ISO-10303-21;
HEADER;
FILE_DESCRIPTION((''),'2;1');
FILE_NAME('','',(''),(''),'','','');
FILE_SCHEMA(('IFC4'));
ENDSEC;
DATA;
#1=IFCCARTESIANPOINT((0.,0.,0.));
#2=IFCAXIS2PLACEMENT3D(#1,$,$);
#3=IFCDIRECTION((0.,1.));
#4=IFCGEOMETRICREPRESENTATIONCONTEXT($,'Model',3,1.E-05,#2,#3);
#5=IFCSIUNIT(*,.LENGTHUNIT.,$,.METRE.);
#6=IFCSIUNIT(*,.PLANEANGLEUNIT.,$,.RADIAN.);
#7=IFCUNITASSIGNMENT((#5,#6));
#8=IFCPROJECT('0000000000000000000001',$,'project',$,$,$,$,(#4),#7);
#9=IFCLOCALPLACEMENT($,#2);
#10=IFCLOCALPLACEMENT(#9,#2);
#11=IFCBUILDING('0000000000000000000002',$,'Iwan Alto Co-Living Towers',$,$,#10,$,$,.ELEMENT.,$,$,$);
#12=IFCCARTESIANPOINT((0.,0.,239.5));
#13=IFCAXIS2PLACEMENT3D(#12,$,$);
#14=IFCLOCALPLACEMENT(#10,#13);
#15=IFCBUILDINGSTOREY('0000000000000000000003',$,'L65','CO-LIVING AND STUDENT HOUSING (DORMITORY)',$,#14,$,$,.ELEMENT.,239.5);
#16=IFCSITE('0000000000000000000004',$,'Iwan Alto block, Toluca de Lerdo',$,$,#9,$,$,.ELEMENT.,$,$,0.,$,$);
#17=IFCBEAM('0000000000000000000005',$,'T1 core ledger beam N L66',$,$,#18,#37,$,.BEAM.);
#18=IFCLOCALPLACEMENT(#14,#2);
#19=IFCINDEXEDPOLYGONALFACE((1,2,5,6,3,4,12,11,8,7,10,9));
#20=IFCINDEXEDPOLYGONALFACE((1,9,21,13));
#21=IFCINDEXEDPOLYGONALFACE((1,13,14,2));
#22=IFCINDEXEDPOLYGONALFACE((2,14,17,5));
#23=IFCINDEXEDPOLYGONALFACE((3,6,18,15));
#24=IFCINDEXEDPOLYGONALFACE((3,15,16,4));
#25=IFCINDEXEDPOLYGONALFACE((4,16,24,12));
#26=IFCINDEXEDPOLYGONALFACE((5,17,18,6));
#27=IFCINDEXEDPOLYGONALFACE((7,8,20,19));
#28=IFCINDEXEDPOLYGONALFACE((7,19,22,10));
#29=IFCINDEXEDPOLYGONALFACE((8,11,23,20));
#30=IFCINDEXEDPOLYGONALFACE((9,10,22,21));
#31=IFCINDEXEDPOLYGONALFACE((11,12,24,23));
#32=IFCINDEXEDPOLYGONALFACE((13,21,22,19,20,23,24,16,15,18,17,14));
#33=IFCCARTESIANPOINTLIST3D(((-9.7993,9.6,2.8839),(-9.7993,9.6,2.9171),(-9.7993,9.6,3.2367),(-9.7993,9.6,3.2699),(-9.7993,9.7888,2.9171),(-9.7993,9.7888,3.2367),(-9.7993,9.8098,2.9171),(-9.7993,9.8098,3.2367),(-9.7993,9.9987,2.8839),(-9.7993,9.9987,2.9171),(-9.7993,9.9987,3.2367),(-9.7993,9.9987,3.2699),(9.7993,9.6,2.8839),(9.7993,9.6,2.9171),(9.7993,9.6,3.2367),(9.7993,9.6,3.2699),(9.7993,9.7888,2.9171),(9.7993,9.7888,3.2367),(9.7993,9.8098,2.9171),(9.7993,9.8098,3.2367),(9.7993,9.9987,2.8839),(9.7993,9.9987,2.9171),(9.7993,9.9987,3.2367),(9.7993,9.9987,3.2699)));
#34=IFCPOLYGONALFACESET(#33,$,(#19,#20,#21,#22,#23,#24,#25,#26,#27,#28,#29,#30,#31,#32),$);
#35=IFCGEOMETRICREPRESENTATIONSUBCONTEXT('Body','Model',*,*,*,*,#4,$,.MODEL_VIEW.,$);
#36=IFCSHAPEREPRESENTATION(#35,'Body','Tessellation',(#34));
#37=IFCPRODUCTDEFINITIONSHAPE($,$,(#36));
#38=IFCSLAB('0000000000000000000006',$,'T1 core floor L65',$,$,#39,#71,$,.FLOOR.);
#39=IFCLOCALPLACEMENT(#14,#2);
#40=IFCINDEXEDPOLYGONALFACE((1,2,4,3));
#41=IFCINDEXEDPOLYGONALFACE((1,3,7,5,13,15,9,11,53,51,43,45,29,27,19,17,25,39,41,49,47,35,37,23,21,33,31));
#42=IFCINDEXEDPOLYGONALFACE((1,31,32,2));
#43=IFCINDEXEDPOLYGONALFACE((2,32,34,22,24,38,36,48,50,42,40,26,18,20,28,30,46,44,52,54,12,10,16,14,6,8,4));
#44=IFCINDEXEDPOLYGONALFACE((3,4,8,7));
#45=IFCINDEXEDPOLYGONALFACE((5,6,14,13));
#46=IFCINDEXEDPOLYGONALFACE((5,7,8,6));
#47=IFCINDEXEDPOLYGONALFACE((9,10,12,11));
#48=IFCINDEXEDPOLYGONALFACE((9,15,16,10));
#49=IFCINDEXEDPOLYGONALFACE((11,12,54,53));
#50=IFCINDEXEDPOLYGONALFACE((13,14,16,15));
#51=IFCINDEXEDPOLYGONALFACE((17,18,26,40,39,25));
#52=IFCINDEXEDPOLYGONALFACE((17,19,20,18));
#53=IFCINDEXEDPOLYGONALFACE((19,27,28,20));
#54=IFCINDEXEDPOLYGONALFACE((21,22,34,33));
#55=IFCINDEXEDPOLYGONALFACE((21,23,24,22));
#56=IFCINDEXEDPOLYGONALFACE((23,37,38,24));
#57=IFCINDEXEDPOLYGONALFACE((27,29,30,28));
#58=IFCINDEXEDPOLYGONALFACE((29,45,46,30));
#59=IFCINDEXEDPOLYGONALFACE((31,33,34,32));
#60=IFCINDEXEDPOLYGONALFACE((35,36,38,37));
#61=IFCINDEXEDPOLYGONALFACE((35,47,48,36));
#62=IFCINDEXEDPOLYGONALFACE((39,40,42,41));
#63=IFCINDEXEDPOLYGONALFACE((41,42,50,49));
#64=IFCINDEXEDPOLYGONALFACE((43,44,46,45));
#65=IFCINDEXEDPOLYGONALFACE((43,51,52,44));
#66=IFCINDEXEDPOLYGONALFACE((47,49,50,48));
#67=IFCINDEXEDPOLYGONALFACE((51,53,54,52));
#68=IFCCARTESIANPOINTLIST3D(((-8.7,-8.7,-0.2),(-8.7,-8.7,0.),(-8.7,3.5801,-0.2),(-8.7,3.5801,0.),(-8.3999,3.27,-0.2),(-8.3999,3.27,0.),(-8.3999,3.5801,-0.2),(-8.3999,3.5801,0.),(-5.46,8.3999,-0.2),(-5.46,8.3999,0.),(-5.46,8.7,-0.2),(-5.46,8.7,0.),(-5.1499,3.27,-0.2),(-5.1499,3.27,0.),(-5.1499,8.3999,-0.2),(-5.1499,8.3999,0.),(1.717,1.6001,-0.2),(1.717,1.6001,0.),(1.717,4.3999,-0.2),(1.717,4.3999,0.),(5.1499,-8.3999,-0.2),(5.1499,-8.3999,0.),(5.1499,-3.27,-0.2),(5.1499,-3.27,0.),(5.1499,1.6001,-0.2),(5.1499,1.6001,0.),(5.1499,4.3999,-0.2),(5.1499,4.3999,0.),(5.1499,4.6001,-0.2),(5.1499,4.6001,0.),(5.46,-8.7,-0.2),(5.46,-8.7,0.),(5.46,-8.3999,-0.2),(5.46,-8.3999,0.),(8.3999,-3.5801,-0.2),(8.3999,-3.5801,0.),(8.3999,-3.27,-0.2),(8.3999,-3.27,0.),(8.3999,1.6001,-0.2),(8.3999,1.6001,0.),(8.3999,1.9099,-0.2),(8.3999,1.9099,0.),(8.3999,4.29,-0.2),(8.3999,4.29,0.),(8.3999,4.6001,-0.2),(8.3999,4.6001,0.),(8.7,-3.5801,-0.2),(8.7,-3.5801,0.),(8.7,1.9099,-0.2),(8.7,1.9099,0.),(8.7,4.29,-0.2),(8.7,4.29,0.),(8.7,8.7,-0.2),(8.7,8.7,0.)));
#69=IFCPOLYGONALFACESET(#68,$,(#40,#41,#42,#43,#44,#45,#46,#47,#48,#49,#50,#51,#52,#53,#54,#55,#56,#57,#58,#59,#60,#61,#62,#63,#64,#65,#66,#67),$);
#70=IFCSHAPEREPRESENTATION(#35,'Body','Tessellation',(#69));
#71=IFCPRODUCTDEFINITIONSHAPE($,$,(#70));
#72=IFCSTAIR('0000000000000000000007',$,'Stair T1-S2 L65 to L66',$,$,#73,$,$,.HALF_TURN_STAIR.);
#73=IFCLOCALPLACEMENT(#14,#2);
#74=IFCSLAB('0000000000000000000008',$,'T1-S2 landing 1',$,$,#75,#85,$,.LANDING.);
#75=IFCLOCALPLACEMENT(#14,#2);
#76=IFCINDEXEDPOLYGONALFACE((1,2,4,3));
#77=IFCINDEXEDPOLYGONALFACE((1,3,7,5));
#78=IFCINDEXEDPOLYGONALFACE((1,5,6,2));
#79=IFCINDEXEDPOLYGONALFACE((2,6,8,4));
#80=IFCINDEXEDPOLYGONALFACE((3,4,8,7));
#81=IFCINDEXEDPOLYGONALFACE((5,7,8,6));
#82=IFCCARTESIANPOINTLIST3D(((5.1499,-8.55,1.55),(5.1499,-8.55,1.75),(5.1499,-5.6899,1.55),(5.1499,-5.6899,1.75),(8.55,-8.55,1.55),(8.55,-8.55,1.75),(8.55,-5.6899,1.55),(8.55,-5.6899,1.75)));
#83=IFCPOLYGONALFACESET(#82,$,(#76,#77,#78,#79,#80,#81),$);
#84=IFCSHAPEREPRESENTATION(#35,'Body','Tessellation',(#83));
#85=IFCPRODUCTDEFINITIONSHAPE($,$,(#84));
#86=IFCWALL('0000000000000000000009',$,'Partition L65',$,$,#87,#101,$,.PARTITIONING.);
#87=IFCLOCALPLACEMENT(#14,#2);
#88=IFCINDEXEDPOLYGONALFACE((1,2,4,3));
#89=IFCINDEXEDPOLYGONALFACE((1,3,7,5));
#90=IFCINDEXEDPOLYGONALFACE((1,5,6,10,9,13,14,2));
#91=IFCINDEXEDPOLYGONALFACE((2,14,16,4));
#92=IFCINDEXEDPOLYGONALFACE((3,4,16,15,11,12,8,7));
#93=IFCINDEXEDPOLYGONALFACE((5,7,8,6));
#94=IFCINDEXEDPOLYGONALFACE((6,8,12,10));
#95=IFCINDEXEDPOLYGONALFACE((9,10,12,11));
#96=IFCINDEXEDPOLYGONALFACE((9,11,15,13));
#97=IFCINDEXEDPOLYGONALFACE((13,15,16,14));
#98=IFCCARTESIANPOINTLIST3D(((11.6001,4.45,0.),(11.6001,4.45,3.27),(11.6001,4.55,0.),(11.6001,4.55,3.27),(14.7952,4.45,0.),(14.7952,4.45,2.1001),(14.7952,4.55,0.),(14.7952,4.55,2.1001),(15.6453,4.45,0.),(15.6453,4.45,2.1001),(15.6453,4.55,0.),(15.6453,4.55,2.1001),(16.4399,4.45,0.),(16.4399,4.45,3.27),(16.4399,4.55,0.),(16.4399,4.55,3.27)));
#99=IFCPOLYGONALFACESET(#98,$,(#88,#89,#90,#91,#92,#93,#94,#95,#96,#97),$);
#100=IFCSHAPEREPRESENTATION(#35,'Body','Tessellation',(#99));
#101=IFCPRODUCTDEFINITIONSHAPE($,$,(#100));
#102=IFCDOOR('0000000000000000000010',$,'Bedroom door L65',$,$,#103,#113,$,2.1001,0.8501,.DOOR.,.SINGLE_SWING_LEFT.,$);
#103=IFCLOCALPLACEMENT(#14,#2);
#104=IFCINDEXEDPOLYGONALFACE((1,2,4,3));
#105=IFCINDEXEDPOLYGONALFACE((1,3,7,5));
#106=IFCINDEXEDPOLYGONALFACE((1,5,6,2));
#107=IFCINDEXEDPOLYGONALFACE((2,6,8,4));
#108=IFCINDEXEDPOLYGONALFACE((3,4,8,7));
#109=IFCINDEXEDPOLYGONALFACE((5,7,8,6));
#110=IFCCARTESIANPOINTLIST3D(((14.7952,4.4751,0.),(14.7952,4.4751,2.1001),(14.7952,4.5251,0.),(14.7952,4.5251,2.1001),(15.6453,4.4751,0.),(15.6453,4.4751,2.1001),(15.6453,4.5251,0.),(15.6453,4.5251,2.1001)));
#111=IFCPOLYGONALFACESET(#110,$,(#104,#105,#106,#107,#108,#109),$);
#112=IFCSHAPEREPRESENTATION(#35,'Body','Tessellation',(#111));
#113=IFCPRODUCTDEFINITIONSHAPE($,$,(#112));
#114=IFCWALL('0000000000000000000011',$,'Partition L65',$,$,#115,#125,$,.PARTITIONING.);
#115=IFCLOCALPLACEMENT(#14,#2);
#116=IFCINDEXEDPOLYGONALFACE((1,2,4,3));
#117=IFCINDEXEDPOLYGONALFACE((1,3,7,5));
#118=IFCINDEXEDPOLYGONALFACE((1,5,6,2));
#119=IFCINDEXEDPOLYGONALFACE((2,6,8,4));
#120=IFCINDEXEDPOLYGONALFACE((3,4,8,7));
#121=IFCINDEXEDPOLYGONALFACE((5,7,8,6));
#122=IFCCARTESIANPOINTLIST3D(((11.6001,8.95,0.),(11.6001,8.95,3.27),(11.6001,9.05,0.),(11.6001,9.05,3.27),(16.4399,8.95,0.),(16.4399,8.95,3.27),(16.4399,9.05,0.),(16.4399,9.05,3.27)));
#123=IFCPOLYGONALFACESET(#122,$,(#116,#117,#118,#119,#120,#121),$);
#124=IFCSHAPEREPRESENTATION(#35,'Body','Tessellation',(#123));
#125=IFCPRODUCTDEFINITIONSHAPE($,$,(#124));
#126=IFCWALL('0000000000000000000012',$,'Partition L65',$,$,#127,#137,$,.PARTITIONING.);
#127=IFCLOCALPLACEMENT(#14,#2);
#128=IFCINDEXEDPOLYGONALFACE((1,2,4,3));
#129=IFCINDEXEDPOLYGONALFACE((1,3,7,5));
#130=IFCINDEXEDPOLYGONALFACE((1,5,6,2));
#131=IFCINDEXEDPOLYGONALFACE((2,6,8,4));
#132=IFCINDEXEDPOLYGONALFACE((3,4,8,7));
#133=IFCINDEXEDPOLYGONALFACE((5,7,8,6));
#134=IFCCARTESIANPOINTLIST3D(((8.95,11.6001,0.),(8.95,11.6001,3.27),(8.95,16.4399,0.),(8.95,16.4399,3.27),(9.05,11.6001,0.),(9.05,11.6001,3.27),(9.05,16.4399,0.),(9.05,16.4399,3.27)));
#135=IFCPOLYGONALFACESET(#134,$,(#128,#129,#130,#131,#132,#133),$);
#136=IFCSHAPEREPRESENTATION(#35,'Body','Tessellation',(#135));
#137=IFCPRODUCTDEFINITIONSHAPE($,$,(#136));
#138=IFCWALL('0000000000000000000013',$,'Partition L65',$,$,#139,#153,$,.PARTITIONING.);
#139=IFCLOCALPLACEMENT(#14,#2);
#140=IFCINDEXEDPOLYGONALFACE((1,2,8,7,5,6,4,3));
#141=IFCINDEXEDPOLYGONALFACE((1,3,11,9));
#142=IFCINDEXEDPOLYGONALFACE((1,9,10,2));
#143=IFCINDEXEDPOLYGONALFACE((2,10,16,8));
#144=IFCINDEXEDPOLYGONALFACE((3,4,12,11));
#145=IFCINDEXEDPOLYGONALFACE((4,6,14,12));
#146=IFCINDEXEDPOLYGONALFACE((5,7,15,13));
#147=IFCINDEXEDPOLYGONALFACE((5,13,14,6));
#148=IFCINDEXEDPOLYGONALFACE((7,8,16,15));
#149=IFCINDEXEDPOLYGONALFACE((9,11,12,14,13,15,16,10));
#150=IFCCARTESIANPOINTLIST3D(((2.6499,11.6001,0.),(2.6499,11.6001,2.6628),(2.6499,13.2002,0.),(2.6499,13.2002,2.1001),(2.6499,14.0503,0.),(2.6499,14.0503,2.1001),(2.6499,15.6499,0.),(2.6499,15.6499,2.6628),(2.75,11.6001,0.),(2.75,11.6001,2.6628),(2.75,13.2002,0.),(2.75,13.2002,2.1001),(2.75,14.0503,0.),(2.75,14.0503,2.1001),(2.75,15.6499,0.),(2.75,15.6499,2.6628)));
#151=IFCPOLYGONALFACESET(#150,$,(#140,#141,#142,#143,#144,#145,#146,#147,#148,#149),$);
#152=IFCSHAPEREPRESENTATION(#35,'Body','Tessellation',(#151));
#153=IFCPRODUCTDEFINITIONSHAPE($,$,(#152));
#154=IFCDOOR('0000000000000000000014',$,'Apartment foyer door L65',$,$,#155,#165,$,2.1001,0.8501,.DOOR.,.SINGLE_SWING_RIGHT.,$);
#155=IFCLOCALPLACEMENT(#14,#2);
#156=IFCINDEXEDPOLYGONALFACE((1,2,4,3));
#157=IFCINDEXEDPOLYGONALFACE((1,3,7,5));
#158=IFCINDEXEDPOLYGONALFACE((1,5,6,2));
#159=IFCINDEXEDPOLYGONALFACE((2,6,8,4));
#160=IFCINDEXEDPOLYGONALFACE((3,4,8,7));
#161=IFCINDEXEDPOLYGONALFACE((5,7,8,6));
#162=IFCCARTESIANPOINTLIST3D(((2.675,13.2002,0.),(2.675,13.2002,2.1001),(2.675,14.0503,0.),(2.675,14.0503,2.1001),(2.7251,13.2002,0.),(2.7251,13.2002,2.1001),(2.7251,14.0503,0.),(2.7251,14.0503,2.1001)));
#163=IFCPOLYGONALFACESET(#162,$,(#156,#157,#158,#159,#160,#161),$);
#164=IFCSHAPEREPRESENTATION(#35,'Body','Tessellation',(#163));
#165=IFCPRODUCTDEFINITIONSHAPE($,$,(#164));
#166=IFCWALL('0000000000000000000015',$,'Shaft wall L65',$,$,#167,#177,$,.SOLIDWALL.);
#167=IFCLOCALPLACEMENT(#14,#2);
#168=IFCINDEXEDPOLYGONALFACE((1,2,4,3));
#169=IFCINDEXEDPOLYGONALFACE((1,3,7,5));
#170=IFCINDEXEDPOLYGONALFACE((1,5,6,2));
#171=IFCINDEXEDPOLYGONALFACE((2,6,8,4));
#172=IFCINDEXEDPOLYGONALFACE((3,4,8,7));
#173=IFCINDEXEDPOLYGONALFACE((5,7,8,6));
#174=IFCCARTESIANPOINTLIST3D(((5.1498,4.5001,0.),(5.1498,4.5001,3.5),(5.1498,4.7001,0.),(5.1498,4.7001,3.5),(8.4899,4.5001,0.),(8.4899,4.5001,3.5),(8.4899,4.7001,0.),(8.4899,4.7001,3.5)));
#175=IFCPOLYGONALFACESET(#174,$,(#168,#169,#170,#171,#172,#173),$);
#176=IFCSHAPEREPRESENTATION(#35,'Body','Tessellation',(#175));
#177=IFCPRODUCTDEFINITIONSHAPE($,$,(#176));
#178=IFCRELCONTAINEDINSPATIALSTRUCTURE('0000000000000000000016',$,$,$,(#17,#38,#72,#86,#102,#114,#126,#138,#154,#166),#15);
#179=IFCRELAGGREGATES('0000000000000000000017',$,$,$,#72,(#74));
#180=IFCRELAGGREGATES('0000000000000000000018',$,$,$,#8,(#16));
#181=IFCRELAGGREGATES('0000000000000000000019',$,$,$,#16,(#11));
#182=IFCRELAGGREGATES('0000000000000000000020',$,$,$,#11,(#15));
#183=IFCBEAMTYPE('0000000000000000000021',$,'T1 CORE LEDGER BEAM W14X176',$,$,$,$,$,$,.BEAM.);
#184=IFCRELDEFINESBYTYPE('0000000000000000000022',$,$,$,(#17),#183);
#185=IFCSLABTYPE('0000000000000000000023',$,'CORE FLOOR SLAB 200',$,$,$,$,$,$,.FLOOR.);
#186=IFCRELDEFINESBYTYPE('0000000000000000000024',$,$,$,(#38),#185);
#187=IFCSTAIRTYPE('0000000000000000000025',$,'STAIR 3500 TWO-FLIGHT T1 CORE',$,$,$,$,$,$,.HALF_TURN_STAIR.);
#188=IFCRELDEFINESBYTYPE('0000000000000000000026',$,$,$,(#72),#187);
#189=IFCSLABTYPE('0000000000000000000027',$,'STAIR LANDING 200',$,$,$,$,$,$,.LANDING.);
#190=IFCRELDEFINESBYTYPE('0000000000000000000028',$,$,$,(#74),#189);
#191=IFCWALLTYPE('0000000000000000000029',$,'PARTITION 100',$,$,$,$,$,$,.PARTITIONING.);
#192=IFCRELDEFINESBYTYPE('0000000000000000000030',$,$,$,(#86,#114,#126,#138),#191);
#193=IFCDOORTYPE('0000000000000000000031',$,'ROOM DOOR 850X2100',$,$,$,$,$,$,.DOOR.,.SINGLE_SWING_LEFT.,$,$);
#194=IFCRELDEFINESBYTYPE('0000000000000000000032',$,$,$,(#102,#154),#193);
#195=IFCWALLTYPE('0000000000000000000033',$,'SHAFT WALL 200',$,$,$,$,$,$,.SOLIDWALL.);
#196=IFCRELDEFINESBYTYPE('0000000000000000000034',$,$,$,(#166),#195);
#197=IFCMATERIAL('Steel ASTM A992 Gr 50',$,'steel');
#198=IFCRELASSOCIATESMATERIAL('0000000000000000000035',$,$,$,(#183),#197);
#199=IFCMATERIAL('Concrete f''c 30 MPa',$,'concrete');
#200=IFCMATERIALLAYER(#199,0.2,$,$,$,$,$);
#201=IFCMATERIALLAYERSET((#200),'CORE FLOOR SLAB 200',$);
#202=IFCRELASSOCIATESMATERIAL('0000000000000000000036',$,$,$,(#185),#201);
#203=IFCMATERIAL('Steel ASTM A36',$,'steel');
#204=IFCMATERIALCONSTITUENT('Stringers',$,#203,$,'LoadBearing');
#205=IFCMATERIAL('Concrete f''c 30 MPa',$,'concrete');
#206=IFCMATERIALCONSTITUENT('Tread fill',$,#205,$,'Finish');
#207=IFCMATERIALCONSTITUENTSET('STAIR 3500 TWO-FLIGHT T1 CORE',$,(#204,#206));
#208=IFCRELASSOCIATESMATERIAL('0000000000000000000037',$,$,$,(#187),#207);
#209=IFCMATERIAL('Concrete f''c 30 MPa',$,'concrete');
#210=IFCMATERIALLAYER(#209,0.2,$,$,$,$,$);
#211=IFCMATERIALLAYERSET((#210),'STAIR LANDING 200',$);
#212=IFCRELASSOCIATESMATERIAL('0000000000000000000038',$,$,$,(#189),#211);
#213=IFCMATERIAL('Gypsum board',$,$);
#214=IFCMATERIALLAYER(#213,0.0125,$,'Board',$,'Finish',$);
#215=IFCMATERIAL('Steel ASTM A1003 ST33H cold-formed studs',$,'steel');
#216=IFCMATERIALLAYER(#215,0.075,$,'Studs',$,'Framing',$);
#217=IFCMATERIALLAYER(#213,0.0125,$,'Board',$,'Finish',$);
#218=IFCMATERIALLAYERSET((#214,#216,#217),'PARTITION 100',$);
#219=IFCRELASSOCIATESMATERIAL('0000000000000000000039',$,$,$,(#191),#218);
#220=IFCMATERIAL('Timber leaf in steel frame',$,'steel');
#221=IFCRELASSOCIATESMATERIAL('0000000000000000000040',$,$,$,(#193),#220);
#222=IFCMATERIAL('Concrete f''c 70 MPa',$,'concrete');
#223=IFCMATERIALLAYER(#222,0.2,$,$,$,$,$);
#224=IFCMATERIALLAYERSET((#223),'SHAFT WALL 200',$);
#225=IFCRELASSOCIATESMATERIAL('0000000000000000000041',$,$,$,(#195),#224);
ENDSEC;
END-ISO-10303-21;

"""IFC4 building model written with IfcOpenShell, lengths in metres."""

from ifc_helpers import new_model, si_unit, direction, frame, frame_2d, origin, origin_2d, place, context, subcontext, project, spatial, polyline, rectangle, i_section, outline, extrude, material, layer, layer_set, constituent, constituent_set, material_profile, profile_set, type_object, element, fill, aggregate, save


model = new_model("IFC4")

# Units and contexts
model_context = context("Model", 3, precision=1e-05, world=origin(), true_north=direction((0.0, 1.0)))
body_context = subcontext(model_context, "Body", "Model", "MODEL_VIEW")
ifc_project = project(units=[si_unit("LENGTHUNIT", "METRE"), si_unit("PLANEANGLEUNIT", "RADIAN")], contexts=[model_context])

# Site, building, storey
site_placement = place(None, origin())
site = spatial("IfcSite", under=ifc_project, at=site_placement, Name="Iwan Alto block, Toluca de Lerdo", CompositionType="ELEMENT", RefElevation=0.0)
building_placement = place(site_placement, origin())
building = spatial("IfcBuilding", under=site, at=building_placement, Name="Iwan Alto Co-Living Towers", CompositionType="ELEMENT")
storey_placement = place(building_placement, frame((0.0, 0.0, 239.5)))
storey = spatial("IfcBuildingStorey", under=building, at=storey_placement, Name="L65", Description="CO-LIVING AND STUDENT HOUSING (DORMITORY)", CompositionType="ELEMENT", Elevation=239.5)

# Beam
ifc_material_1 = material(Name="Steel ASTM A992 Gr 50", Category="steel")
ifc_material_profile = material_profile(ifc_material_1, i_section(OverallWidth=0.3987, OverallDepth=0.386, WebThickness=0.021, FlangeThickness=0.0332, at=origin_2d()), Name="W14X176")
ifc_profile_set = profile_set([ifc_material_profile], Name="Steel ASTM A992 Gr 50")
beam_type = type_object("IfcBeamType", Name="T1 CORE LEDGER BEAM W14X176", PredefinedType="BEAM", material=ifc_profile_set)
beam_placement = place(storey_placement, frame((9.7993, 9.7993, 3.0769), z_axis=(-1.0, 0.0, 0.0), x_axis=(0.0, -1.0, 0.0)))
element("IfcBeam", 1, at=beam_placement, inside=storey, type_object=beam_type, Name="T1 core ledger beam N L66", PredefinedType="BEAM", context=body_context, shape_type="SweptSolid", body=[
    extrude(i_section(OverallWidth=0.3987, OverallDepth=0.386, WebThickness=0.021, FlangeThickness=0.0332, at=origin_2d()), origin(), (0.0, 0.0, 1.0), 19.5986),
])

# Slab
ifc_material_2 = material(Name="Concrete f'c 30 MPa", Category="concrete")
ifc_layer_1 = layer(ifc_material_2, 0.2)
ifc_layer_set_1 = layer_set([ifc_layer_1], Name="CORE FLOOR SLAB 200")
slab_type_1 = type_object("IfcSlabType", Name="CORE FLOOR SLAB 200", PredefinedType="FLOOR", material=ifc_layer_set_1)
slab_1_placement = place(storey_placement, frame((0.0, 0.0, -0.2)))
element("IfcSlab", 2, at=slab_1_placement, inside=storey, type_object=slab_type_1, Name="T1 core floor L65", PredefinedType="FLOOR", context=body_context, shape_type="SweptSolid", body=[
    extrude(outline(polyline([(-8.7, 3.5801), (-8.3999, 3.5801), (-8.3999, 3.27), (-5.1499, 3.27), (-5.1499, 8.3999), (-5.46, 8.3999), (-5.46, 8.7), (8.7, 8.7), (8.7, 4.29), (8.3999, 4.29), (8.3999, 4.6001), (5.1499, 4.6001), (5.1499, 4.3999), (1.717, 4.3999), (1.717, 1.6001), (5.1499, 1.6001), (8.3999, 1.6001), (8.3999, 1.9099), (8.7, 1.9099), (8.7, -3.5801), (8.3999, -3.5801), (8.3999, -3.27), (5.1499, -3.27), (5.1499, -8.3999), (5.46, -8.3999), (5.46, -8.7), (-8.7, -8.7), (-8.7, 3.5801)])), origin(), (0.0, 0.0, 1.0), 0.2),
])

# Stair, slab
ifc_material_3 = material(Name="Steel ASTM A36", Category="steel")
ifc_constituent_1 = constituent(ifc_material_3, Name="Stringers", Category="LoadBearing")
ifc_material_4 = material(Name="Concrete f'c 30 MPa", Category="concrete")
ifc_constituent_2 = constituent(ifc_material_4, Name="Tread fill", Category="Finish")
ifc_constituent_set = constituent_set(constituents=[ifc_constituent_1, ifc_constituent_2], Name="STAIR 3500 TWO-FLIGHT T1 CORE")
stair_type = type_object("IfcStairType", Name="STAIR 3500 TWO-FLIGHT T1 CORE", PredefinedType="HALF_TURN_STAIR", material=ifc_constituent_set)
stair_placement = place(storey_placement, origin())
stair = element("IfcStair", 3, at=stair_placement, inside=storey, type_object=stair_type, Name="Stair T1-S2 L65 to L66", PredefinedType="HALF_TURN_STAIR")
ifc_material_5 = material(Name="Concrete f'c 30 MPa", Category="concrete")
ifc_layer_2 = layer(ifc_material_5, 0.2)
ifc_layer_set_2 = layer_set([ifc_layer_2], Name="STAIR LANDING 200")
slab_type_2 = type_object("IfcSlabType", Name="STAIR LANDING 200", PredefinedType="LANDING", material=ifc_layer_set_2)
slab_2_placement = place(storey_placement, frame((0.0, 0.0, 1.55)))
slab_2 = element("IfcSlab", 4, at=slab_2_placement, type_object=slab_type_2, Name="T1-S2 landing 1", PredefinedType="LANDING", context=body_context, shape_type="SweptSolid", body=[
    extrude(outline(polyline([(5.1499, -5.6899), (5.1499, -8.55), (8.55, -8.55), (8.55, -5.6899), (5.1499, -5.6899)])), origin(), (0.0, 0.0, 1.0), 0.2),
])
aggregate(stair, [slab_2])

# Wall, opening, door
ifc_material_6 = material(Name="Gypsum board")
ifc_layer_3 = layer(ifc_material_6, 0.0125, Name="Board", Category="Finish")
ifc_material_7 = material(Name="Steel ASTM A1003 ST33H cold-formed studs", Category="steel")
ifc_layer_4 = layer(ifc_material_7, 0.075, Name="Studs", Category="Framing")
ifc_layer_5 = layer(ifc_material_6, 0.0125, Name="Board", Category="Finish")
ifc_layer_set_3 = layer_set([ifc_layer_3, ifc_layer_4, ifc_layer_5], Name="PARTITION 100")
wall_type_1 = type_object("IfcWallType", Name="PARTITION 100", PredefinedType="PARTITIONING", material=ifc_layer_set_3)
wall_1_placement = place(storey_placement, frame((11.6001, 4.5, 0.0), z_axis=(0.0, 0.0, 1.0), x_axis=(1.0, 0.0, 0.0)))
wall_1 = element("IfcWall", 5, at=wall_1_placement, inside=storey, type_object=wall_type_1, Name="Partition L65", PredefinedType="PARTITIONING", context=body_context, shape_type="SweptSolid", body=[
    extrude(rectangle(XDim=4.8398, YDim=0.1001, at=frame_2d((2.4199, 0.0))), origin(), (0.0, 0.0, 1.0), 3.27),
])
opening_1_placement = place(wall_1_placement, frame((3.1951, 0.0, 0.0)))
opening_1 = element("IfcOpeningElement", 6, at=opening_1_placement, cuts=wall_1, PredefinedType="OPENING", context=body_context, shape_type="SweptSolid", body=[
    extrude(rectangle(XDim=0.8501, YDim=2.1001, at=frame_2d((0.425, 1.05))), frame((0.0, 0.0601, 0.0), z_axis=(0.0, -1.0, 0.0), x_axis=(1.0, 0.0, 0.0)), (0.0, 0.0, 1.0), 0.1201),
])
ifc_material_8 = material(Name="Timber leaf in steel frame", Category="steel")
door_type_1 = type_object("IfcDoorType", Name="ROOM DOOR 850X2100", OperationType="SINGLE_SWING_LEFT", PredefinedType="DOOR", material=ifc_material_8)
door_1_placement = place(opening_1_placement, frame((0.8501, 0.0, 0.0), z_axis=(0.0, 0.0, 1.0), x_axis=(-1.0, 0.0, 0.0)))
door_1 = element("IfcDoor", 7, at=door_1_placement, inside=storey, type_object=door_type_1, Name="Bedroom door L65", OperationType="SINGLE_SWING_LEFT", OverallHeight=2.1001, OverallWidth=0.8501, PredefinedType="DOOR", context=body_context, shape_type="SweptSolid", body=[
    extrude(rectangle(XDim=0.8501, YDim=2.1001, at=frame_2d((0.425, 1.05))), frame((0.0, 0.0249, 0.0), z_axis=(0.0, -1.0, 0.0), x_axis=(1.0, 0.0, 0.0)), (0.0, 0.0, 1.0), 0.05),
])
fill(opening_1, door_1)

# Walls
for number, where, z_axis, x_axis, name in (
    (8, (11.6001, 9.0, 0.0), (0.0, 0.0, 1.0), (1.0, 0.0, 0.0), "Partition L65"),
    (9, (9.0, 11.6001, 0.0), (0.0, 0.0, 1.0), (0.0, 1.0, 0.0), "Partition L65"),
):
    element("IfcWall", number, at=place(storey_placement, frame(where, z_axis=z_axis, x_axis=x_axis)), inside=storey, type_object=wall_type_1, Name=name, PredefinedType="PARTITIONING", context=body_context, shape_type="SweptSolid", body=[
        extrude(rectangle(XDim=4.8398, YDim=0.1001, at=frame_2d((2.4199, 0.0))), origin(), (0.0, 0.0, 1.0), 3.27),
    ])

# Wall, opening, door
wall_2_placement = place(storey_placement, frame((2.7, 11.6001, 0.0), z_axis=(0.0, 0.0, 1.0), x_axis=(0.0, 1.0, 0.0)))
wall_2 = element("IfcWall", 10, at=wall_2_placement, inside=storey, type_object=wall_type_1, Name="Partition L65", PredefinedType="PARTITIONING", context=body_context, shape_type="SweptSolid", body=[
    extrude(rectangle(XDim=4.0498, YDim=0.1001, at=frame_2d((2.0249, 0.0))), origin(), (0.0, 0.0, 1.0), 2.6628),
])
opening_2_placement = place(wall_2_placement, frame((1.6001, 0.0, 0.0)))
opening_2 = element("IfcOpeningElement", 11, at=opening_2_placement, cuts=wall_2, PredefinedType="OPENING", context=body_context, shape_type="SweptSolid", body=[
    extrude(rectangle(XDim=0.8501, YDim=2.1001, at=frame_2d((0.425, 1.05))), frame((0.0, 0.0601, 0.0), z_axis=(0.0, -1.0, 0.0), x_axis=(1.0, 0.0, 0.0)), (0.0, 0.0, 1.0), 0.1201),
])
door_2_placement = place(opening_2_placement, origin())
door_2 = element("IfcDoor", 12, at=door_2_placement, inside=storey, type_object=door_type_1, Name="Apartment foyer door L65", OperationType="SINGLE_SWING_RIGHT", OverallHeight=2.1001, OverallWidth=0.8501, PredefinedType="DOOR", context=body_context, shape_type="SweptSolid", body=[
    extrude(rectangle(XDim=0.8501, YDim=2.1001, at=frame_2d((0.425, 1.05))), frame((0.0, 0.0249, 0.0), z_axis=(0.0, -1.0, 0.0), x_axis=(1.0, 0.0, 0.0)), (0.0, 0.0, 1.0), 0.05),
])
fill(opening_2, door_2)

# Wall
ifc_material_9 = material(Name="Concrete f'c 70 MPa", Category="concrete")
ifc_layer_6 = layer(ifc_material_9, 0.2)
ifc_layer_set_4 = layer_set([ifc_layer_6], Name="SHAFT WALL 200")
wall_type_2 = type_object("IfcWallType", Name="SHAFT WALL 200", PredefinedType="SOLIDWALL", material=ifc_layer_set_4)
wall_3_placement = place(storey_placement, frame((5.1499, 4.6001, 0.0), z_axis=(0.0, 0.0, 1.0), x_axis=(1.0, 0.0, 0.0)))
element("IfcWall", 13, at=wall_3_placement, inside=storey, type_object=wall_type_2, Name="Shaft wall L65", PredefinedType="SOLIDWALL", context=body_context, shape_type="SweptSolid", body=[
    extrude(rectangle(XDim=3.3401, YDim=0.2, at=frame_2d((1.6699, 0.0))), origin(), (0.0, 0.0, 1.0), 3.5),
])

save(model, "model.ifc")
